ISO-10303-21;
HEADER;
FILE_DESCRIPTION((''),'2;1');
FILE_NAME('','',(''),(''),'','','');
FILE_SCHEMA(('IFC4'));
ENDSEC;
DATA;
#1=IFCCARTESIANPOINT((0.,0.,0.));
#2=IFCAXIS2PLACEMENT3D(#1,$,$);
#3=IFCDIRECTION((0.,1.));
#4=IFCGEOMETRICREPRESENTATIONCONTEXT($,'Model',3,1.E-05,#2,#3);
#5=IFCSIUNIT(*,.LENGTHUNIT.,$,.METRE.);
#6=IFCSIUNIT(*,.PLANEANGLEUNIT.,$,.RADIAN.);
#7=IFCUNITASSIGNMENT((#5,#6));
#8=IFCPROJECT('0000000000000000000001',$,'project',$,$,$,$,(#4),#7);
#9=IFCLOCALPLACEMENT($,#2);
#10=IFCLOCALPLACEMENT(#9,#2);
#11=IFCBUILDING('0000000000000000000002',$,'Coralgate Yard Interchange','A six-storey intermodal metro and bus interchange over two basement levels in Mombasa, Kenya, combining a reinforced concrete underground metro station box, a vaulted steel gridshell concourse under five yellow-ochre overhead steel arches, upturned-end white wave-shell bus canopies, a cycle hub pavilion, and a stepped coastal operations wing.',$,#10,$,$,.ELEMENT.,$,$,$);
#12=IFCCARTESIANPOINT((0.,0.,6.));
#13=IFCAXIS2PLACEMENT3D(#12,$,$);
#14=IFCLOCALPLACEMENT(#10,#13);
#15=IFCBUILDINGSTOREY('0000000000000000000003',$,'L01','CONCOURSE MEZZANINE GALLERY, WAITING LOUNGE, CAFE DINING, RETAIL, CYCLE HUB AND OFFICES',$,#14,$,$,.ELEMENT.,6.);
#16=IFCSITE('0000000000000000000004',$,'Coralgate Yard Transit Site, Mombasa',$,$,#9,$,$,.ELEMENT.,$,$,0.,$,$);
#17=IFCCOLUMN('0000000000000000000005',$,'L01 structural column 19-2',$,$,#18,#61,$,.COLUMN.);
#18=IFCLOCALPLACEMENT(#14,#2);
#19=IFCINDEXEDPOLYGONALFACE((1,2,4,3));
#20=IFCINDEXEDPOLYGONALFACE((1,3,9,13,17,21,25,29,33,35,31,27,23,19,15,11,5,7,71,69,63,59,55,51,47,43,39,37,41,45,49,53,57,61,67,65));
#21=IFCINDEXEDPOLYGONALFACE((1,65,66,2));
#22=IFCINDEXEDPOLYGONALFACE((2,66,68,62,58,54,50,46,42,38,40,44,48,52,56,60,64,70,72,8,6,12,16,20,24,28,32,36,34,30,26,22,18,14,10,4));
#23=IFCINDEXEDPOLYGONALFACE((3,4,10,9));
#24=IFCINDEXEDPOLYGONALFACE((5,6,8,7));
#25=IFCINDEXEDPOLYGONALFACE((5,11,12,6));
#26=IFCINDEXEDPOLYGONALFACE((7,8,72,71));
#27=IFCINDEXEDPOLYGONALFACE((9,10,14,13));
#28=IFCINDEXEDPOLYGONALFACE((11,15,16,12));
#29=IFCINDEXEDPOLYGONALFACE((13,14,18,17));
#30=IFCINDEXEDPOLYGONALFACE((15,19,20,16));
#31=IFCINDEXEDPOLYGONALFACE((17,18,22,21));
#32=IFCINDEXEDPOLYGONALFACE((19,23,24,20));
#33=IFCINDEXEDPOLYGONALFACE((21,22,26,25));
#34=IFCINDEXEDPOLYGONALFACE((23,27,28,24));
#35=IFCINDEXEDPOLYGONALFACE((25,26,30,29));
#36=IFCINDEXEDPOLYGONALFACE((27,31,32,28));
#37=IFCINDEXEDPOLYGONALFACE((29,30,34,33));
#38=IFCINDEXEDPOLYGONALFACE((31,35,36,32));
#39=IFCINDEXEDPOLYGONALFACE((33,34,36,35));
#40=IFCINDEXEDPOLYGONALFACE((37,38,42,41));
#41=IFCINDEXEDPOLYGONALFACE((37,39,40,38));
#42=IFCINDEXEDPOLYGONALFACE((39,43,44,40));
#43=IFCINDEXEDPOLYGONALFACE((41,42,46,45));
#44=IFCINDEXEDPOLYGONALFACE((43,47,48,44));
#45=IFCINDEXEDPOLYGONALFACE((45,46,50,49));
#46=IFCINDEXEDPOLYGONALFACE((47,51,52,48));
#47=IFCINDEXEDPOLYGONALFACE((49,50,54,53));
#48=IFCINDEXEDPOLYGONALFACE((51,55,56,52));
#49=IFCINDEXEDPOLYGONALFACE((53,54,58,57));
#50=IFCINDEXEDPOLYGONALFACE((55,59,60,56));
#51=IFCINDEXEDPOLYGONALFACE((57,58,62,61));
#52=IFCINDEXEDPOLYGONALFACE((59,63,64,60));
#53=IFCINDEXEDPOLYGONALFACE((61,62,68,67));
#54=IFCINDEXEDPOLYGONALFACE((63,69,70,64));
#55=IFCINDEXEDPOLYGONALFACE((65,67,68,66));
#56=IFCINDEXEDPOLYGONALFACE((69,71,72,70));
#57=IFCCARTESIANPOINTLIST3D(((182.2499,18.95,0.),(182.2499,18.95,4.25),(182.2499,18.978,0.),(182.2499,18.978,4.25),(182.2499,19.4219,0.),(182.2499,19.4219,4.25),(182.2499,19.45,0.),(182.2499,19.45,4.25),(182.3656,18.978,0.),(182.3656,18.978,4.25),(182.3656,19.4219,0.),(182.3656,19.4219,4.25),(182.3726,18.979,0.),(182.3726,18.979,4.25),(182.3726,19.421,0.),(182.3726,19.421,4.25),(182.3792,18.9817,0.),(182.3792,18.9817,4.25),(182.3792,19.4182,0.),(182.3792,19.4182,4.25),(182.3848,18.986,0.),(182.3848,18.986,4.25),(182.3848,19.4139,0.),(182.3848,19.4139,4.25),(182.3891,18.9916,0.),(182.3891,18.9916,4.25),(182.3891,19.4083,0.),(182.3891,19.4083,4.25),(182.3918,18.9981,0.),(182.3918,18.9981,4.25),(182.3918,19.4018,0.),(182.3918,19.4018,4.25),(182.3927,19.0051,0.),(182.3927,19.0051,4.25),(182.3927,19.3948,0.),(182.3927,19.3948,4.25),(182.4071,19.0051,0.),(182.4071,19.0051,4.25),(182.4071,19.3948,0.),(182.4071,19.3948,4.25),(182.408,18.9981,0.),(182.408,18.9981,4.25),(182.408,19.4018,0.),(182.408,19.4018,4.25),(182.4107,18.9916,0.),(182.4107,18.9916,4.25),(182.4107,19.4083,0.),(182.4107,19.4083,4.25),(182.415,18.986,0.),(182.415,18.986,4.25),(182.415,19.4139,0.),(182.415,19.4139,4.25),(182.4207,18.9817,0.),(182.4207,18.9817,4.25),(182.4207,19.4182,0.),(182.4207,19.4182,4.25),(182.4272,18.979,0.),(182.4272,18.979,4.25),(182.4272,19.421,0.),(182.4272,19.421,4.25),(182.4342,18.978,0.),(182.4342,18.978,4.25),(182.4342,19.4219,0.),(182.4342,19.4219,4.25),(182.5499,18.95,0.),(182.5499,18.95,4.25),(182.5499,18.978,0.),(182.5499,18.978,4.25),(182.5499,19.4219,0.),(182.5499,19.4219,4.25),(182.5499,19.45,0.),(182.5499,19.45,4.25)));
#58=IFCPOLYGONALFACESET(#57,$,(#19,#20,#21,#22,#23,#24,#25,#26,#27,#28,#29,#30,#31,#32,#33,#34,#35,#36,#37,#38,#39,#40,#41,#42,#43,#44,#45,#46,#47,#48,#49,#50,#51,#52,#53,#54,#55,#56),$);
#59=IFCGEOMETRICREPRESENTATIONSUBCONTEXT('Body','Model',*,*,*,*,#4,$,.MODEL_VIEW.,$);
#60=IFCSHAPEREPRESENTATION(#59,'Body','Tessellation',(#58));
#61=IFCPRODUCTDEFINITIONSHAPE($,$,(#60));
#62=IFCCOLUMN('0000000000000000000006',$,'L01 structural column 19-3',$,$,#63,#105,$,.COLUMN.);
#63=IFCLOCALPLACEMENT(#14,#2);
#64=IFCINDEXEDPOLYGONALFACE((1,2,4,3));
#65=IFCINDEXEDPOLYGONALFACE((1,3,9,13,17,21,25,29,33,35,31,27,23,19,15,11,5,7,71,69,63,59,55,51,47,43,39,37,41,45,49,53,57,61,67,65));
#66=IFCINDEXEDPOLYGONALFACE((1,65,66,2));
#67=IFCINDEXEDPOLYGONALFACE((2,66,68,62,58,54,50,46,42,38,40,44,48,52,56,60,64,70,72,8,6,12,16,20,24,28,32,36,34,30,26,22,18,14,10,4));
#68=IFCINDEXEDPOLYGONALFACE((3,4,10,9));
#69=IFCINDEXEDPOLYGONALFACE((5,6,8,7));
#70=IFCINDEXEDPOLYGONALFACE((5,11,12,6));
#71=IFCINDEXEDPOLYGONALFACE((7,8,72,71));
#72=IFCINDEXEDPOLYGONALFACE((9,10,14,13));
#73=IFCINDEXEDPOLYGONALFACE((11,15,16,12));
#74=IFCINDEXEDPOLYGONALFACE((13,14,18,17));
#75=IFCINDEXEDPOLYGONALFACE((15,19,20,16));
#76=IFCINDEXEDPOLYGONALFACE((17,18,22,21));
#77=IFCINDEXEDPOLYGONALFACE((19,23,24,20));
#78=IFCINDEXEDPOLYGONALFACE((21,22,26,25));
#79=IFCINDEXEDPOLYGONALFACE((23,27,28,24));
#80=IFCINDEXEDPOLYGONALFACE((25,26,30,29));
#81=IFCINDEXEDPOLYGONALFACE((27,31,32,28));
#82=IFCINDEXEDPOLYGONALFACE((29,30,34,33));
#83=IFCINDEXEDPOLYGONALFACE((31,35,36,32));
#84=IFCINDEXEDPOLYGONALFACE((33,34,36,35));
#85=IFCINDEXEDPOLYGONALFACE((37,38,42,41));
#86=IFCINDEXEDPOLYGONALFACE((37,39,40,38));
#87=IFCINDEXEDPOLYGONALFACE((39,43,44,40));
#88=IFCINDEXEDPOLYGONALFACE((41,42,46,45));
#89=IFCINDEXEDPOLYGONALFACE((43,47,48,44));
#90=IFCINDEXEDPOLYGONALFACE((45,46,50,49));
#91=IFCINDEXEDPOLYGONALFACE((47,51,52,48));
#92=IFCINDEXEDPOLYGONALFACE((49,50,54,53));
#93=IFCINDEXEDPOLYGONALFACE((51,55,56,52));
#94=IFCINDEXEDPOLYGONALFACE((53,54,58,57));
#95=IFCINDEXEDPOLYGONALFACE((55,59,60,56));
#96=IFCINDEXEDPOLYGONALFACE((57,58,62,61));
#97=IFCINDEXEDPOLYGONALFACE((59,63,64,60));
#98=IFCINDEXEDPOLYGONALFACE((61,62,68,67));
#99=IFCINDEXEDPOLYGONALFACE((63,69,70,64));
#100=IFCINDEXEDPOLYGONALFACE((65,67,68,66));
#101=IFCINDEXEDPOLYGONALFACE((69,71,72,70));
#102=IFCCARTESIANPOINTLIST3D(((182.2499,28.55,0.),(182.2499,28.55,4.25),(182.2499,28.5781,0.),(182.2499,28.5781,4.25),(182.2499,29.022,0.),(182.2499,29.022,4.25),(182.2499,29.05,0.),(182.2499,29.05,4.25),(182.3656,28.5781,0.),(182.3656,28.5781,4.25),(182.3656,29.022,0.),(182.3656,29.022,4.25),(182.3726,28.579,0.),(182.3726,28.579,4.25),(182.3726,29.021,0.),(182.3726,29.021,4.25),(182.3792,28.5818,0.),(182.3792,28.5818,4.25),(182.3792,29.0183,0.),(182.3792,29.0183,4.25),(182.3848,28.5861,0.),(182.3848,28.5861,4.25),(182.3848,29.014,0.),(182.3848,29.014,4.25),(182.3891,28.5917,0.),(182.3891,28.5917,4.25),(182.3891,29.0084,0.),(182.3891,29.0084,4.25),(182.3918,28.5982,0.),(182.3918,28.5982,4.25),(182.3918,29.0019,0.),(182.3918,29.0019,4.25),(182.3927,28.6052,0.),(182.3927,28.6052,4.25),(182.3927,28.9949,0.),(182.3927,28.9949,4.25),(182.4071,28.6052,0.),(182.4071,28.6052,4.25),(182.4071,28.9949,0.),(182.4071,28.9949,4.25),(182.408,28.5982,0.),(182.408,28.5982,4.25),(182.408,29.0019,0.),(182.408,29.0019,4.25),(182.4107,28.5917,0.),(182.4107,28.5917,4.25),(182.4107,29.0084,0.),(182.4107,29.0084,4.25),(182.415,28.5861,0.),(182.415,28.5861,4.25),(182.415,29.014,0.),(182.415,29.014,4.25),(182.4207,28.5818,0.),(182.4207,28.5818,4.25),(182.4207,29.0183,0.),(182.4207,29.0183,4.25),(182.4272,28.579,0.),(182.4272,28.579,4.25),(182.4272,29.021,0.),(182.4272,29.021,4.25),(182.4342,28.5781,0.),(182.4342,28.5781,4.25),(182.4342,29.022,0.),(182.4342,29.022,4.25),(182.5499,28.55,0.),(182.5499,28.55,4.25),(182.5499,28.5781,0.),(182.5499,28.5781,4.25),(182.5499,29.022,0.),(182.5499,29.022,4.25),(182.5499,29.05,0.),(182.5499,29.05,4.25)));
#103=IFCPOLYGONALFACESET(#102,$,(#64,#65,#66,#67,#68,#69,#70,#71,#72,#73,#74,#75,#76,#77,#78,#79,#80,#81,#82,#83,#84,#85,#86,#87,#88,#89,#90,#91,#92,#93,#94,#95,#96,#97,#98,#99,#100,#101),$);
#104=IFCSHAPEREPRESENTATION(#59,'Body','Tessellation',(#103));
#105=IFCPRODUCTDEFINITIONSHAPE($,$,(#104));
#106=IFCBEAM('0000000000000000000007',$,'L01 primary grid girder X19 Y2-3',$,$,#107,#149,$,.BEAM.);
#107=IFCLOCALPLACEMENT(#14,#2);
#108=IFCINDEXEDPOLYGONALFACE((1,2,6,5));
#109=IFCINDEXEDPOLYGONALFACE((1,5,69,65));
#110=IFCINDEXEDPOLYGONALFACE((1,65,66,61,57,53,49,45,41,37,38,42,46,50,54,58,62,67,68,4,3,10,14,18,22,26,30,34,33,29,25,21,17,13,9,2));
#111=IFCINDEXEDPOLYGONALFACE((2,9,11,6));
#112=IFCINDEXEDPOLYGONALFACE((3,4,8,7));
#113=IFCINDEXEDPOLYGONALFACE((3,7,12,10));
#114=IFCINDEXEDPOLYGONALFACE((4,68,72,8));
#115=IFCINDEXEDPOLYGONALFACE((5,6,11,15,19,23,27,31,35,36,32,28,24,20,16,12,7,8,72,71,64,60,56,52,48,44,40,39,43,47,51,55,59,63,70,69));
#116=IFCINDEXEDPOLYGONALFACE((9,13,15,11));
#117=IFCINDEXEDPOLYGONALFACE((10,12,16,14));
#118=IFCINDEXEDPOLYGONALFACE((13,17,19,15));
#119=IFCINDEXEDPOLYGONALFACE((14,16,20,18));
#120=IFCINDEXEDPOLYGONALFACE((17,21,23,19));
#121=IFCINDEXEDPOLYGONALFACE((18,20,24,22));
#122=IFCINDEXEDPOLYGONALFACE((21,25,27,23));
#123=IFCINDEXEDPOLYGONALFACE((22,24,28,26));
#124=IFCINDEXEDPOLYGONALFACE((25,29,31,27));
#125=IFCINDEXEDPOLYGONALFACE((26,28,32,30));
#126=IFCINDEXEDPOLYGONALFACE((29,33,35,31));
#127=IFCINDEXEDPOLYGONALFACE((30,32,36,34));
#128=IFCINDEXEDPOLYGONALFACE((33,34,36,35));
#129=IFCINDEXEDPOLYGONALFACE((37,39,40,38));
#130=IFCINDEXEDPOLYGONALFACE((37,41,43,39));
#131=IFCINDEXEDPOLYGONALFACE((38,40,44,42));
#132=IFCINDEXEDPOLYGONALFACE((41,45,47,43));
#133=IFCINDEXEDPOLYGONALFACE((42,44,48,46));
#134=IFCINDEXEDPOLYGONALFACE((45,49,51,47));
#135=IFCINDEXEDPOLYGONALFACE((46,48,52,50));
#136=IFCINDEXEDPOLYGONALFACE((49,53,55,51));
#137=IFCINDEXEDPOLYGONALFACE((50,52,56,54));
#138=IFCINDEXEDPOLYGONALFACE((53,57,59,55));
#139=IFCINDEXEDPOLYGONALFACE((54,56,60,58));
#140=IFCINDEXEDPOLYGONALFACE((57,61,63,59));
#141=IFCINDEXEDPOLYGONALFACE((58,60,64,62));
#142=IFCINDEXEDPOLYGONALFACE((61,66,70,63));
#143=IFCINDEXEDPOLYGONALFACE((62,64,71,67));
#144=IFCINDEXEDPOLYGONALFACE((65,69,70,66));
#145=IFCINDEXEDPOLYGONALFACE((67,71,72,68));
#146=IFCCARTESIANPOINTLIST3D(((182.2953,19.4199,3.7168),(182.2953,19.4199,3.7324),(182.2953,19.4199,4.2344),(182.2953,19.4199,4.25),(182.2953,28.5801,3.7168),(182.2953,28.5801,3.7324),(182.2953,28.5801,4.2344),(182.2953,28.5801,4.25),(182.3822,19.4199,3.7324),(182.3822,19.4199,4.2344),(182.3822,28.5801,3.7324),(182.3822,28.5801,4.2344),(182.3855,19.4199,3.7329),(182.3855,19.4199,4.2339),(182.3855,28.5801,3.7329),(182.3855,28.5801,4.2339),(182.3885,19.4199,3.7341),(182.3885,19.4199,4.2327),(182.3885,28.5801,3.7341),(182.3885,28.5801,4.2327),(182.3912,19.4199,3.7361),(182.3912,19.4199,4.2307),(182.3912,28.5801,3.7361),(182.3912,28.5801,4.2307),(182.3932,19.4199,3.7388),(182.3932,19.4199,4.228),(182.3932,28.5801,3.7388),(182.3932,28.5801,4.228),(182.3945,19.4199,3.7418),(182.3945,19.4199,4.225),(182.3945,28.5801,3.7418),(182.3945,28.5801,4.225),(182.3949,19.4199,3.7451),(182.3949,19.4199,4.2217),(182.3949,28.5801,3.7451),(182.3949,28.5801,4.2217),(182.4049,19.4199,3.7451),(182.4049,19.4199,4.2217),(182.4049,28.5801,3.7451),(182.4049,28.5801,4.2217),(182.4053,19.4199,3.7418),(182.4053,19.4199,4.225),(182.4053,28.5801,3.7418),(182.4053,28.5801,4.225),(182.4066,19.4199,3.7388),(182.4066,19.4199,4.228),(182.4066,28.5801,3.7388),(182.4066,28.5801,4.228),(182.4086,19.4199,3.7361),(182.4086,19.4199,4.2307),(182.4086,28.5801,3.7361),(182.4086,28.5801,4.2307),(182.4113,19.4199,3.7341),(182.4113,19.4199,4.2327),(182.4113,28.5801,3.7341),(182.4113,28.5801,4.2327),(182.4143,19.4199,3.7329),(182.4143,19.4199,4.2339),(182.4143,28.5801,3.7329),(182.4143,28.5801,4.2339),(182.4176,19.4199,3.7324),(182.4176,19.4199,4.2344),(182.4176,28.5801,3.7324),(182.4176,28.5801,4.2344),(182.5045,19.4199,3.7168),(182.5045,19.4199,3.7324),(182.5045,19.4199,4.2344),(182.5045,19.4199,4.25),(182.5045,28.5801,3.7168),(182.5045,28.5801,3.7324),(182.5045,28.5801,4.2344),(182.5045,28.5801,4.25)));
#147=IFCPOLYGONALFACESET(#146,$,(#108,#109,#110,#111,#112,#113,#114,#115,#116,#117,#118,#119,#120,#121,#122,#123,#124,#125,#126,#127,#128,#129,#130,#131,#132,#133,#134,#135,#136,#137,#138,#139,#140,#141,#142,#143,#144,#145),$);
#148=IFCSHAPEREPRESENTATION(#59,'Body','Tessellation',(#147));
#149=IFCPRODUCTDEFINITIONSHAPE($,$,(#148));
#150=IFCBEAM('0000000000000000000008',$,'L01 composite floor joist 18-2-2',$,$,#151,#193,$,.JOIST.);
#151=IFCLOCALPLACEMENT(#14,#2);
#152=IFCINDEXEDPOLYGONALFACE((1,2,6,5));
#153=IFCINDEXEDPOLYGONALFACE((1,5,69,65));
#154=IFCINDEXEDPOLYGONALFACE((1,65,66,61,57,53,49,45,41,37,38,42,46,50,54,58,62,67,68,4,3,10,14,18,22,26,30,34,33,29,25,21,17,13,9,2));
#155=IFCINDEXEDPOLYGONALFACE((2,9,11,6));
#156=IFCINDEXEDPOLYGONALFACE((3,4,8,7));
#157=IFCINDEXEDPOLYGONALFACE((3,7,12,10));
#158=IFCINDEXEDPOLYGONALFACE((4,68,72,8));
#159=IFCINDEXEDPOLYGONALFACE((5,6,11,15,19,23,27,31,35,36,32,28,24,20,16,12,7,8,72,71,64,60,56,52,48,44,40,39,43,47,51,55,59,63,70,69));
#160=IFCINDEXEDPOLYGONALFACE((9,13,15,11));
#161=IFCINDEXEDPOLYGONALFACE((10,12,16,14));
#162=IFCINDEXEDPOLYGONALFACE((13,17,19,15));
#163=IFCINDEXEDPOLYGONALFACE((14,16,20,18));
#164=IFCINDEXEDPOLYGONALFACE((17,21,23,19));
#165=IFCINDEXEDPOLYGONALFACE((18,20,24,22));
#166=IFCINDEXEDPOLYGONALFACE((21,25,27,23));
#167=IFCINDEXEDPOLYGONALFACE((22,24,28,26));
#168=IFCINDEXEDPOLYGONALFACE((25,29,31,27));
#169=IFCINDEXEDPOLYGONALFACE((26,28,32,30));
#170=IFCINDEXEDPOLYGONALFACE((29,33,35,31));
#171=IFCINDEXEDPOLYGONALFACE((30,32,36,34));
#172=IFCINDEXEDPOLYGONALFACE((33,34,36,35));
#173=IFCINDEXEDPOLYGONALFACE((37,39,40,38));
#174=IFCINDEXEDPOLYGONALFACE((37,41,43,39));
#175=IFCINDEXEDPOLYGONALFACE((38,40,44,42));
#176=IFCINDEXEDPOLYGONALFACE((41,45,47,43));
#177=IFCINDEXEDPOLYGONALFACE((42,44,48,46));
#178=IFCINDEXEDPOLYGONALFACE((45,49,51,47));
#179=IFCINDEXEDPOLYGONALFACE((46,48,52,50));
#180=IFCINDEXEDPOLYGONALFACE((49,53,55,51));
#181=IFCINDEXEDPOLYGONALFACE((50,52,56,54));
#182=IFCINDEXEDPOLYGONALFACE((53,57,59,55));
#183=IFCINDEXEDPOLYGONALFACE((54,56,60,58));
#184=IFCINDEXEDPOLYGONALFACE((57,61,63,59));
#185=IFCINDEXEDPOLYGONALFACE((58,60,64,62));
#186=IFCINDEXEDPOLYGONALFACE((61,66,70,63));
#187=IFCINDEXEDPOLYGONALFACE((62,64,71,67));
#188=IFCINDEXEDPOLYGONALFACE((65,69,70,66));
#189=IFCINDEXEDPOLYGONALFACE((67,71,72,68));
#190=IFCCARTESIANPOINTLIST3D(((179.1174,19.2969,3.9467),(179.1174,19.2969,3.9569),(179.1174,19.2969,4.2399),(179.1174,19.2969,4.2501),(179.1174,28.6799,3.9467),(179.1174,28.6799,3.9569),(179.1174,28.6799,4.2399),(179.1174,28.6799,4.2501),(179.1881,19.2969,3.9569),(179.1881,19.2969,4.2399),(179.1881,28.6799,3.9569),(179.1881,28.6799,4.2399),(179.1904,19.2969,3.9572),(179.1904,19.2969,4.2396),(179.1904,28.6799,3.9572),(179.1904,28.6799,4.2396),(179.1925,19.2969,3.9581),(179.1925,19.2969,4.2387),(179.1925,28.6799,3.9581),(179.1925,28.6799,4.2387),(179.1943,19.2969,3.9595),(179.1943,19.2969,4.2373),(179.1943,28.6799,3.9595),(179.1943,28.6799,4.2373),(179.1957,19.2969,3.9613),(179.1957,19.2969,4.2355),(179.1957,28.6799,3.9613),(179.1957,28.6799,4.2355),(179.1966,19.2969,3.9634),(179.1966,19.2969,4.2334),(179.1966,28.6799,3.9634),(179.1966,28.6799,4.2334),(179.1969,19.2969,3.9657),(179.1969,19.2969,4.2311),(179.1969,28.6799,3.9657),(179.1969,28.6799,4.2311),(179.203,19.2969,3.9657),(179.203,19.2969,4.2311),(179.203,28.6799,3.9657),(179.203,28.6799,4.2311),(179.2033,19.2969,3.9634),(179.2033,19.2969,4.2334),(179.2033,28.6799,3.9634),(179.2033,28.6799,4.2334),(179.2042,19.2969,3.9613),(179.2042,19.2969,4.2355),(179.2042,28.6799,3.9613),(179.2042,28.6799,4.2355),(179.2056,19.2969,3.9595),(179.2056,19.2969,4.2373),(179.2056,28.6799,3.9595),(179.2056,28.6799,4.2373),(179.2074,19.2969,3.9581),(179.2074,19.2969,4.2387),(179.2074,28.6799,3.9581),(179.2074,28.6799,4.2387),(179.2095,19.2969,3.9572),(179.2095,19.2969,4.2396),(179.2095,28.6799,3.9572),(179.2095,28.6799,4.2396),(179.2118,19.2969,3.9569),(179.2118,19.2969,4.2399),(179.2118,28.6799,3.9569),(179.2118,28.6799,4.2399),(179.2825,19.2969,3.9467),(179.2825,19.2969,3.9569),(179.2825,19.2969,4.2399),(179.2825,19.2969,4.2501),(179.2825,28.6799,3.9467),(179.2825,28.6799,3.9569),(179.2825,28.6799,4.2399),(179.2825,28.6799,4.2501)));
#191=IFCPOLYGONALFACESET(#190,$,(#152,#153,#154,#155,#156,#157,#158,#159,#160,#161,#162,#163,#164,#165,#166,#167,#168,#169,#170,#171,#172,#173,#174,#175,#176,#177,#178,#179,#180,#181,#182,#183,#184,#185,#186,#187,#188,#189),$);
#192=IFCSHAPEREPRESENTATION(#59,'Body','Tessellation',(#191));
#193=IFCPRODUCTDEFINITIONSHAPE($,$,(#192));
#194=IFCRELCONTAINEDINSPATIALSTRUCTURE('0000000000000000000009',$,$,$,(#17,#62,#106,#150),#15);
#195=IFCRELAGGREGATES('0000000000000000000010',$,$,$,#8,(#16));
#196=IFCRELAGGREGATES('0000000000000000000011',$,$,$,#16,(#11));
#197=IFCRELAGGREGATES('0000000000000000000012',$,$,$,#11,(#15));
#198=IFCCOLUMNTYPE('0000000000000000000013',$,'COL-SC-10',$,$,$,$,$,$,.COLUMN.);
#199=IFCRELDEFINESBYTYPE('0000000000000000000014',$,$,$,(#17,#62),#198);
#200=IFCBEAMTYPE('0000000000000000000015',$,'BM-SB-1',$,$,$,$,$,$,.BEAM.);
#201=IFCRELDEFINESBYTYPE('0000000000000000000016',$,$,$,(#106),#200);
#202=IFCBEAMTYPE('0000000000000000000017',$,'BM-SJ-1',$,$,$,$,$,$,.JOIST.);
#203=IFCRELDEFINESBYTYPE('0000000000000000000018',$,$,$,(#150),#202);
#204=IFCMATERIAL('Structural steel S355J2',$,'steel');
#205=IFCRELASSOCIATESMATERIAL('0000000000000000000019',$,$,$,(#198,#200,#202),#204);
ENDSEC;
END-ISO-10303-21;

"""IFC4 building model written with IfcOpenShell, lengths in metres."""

from ifc_helpers import new_model, si_unit, direction, frame, origin, origin_2d, place, context, subcontext, project, spatial, i_section, extrude, material, material_profile, profile_set, type_object, element, save


model = new_model("IFC4")

# Units and contexts
model_context = context("Model", 3, precision=1e-05, world=origin(), true_north=direction((0.0, 1.0)))
body_context = subcontext(model_context, "Body", "Model", "MODEL_VIEW")
ifc_project = project(units=[si_unit("LENGTHUNIT", "METRE"), si_unit("PLANEANGLEUNIT", "RADIAN")], contexts=[model_context])

# Site, building, storey
site_placement = place(None, origin())
site = spatial("IfcSite", under=ifc_project, at=site_placement, Name="Coralgate Yard Transit Site, Mombasa", CompositionType="ELEMENT", RefElevation=0.0)
building_placement = place(site_placement, origin())
building = spatial("IfcBuilding", under=site, at=building_placement, Name="Coralgate Yard Interchange", Description="A six-storey intermodal metro and bus interchange over two basement levels in Mombasa, Kenya, combining a reinforced concrete underground metro station box, a vaulted steel gridshell concourse under five yellow-ochre overhead steel arches, upturned-end white wave-shell bus canopies, a cycle hub pavilion, and a stepped coastal operations wing.", CompositionType="ELEMENT")
storey_placement = place(building_placement, frame((0.0, 0.0, 6.0)))
storey = spatial("IfcBuildingStorey", under=building, at=storey_placement, Name="L01", Description="CONCOURSE MEZZANINE GALLERY, WAITING LOUNGE, CAFE DINING, RETAIL, CYCLE HUB AND OFFICES", CompositionType="ELEMENT", Elevation=6.0)

# Columns
ifc_material_1 = material(Name="Structural steel S355J2", Category="steel")
ifc_material_profile_1 = material_profile(ifc_material_1, i_section(OverallWidth=0.3, OverallDepth=0.5, WebThickness=0.0144, FlangeThickness=0.0281, FilletRadius=0.0271, at=origin_2d()), Name="HEB 500")
ifc_profile_set_1 = profile_set([ifc_material_profile_1], Name="Structural steel S355J2")
column_type = type_object("IfcColumnType", Name="COL-SC-10", PredefinedType="COLUMN", material=ifc_profile_set_1)
for number, where, z_axis, x_axis, name in (
    (1, (182.3999, 19.2, 0.0), (0.0, 0.0, 1.0), (1.0, 0.0, 0.0), "L01 structural column 19-2"),
    (2, (182.3999, 28.8, 0.0), (0.0, 0.0, 1.0), (1.0, 0.0, 0.0), "L01 structural column 19-3"),
):
    element("IfcColumn", number, at=place(storey_placement, frame(where, z_axis=z_axis, x_axis=x_axis)), inside=storey, type_object=column_type, Name=name, PredefinedType="COLUMN", context=body_context, shape_type="SweptSolid", body=[
        extrude(i_section(OverallWidth=0.3, OverallDepth=0.5, WebThickness=0.0144, FlangeThickness=0.0281, FilletRadius=0.0271, at=origin_2d()), origin(), (0.0, 0.0, 1.0), 4.25),
    ])

# Beams
ifc_material_profile_2 = material_profile(ifc_material_1, i_section(OverallWidth=0.2092, OverallDepth=0.5332, WebThickness=0.01, FlangeThickness=0.0156, FilletRadius=0.0127, at=origin_2d()), Name="UB 533x210x92")
ifc_profile_set_2 = profile_set([ifc_material_profile_2], Name="Structural steel S355J2")
beam_type_1 = type_object("IfcBeamType", Name="BM-SB-1", PredefinedType="BEAM", material=ifc_profile_set_2)
beam_1_placement = place(storey_placement, frame((182.3999, 19.4199, 3.9834), z_axis=(0.0, 1.0, 0.0), x_axis=(-1.0, 0.0, 0.0)))
element("IfcBeam", 3, at=beam_1_placement, inside=storey, type_object=beam_type_1, Name="L01 primary grid girder X19 Y2-3", PredefinedType="BEAM", context=body_context, shape_type="SweptSolid", body=[
    extrude(i_section(OverallWidth=0.2092, OverallDepth=0.5332, WebThickness=0.01, FlangeThickness=0.0156, FilletRadius=0.0127, at=origin_2d()), origin(), (0.0, 0.0, 1.0), 9.1602),
])
ifc_material_profile_3 = material_profile(ifc_material_1, i_section(OverallWidth=0.165, OverallDepth=0.3035, WebThickness=0.0061, FlangeThickness=0.0103, FilletRadius=0.0088, at=origin_2d()), Name="UB 305x165x40")
ifc_profile_set_3 = profile_set([ifc_material_profile_3], Name="Structural steel S355J2")
beam_type_2 = type_object("IfcBeamType", Name="BM-SJ-1", PredefinedType="JOIST", material=ifc_profile_set_3)
beam_2_placement = place(storey_placement, frame((179.2, 19.2969, 4.0984), z_axis=(0.0, 1.0, 0.0), x_axis=(-1.0, 0.0, 0.0)))
element("IfcBeam", 4, at=beam_2_placement, inside=storey, type_object=beam_type_2, Name="L01 composite floor joist 18-2-2", PredefinedType="JOIST", context=body_context, shape_type="SweptSolid", body=[
    extrude(i_section(OverallWidth=0.165, OverallDepth=0.3035, WebThickness=0.0061, FlangeThickness=0.0103, FilletRadius=0.0088, at=origin_2d()), origin(), (0.0, 0.0, 1.0), 9.3831),
])

save(model, "model.ifc")
